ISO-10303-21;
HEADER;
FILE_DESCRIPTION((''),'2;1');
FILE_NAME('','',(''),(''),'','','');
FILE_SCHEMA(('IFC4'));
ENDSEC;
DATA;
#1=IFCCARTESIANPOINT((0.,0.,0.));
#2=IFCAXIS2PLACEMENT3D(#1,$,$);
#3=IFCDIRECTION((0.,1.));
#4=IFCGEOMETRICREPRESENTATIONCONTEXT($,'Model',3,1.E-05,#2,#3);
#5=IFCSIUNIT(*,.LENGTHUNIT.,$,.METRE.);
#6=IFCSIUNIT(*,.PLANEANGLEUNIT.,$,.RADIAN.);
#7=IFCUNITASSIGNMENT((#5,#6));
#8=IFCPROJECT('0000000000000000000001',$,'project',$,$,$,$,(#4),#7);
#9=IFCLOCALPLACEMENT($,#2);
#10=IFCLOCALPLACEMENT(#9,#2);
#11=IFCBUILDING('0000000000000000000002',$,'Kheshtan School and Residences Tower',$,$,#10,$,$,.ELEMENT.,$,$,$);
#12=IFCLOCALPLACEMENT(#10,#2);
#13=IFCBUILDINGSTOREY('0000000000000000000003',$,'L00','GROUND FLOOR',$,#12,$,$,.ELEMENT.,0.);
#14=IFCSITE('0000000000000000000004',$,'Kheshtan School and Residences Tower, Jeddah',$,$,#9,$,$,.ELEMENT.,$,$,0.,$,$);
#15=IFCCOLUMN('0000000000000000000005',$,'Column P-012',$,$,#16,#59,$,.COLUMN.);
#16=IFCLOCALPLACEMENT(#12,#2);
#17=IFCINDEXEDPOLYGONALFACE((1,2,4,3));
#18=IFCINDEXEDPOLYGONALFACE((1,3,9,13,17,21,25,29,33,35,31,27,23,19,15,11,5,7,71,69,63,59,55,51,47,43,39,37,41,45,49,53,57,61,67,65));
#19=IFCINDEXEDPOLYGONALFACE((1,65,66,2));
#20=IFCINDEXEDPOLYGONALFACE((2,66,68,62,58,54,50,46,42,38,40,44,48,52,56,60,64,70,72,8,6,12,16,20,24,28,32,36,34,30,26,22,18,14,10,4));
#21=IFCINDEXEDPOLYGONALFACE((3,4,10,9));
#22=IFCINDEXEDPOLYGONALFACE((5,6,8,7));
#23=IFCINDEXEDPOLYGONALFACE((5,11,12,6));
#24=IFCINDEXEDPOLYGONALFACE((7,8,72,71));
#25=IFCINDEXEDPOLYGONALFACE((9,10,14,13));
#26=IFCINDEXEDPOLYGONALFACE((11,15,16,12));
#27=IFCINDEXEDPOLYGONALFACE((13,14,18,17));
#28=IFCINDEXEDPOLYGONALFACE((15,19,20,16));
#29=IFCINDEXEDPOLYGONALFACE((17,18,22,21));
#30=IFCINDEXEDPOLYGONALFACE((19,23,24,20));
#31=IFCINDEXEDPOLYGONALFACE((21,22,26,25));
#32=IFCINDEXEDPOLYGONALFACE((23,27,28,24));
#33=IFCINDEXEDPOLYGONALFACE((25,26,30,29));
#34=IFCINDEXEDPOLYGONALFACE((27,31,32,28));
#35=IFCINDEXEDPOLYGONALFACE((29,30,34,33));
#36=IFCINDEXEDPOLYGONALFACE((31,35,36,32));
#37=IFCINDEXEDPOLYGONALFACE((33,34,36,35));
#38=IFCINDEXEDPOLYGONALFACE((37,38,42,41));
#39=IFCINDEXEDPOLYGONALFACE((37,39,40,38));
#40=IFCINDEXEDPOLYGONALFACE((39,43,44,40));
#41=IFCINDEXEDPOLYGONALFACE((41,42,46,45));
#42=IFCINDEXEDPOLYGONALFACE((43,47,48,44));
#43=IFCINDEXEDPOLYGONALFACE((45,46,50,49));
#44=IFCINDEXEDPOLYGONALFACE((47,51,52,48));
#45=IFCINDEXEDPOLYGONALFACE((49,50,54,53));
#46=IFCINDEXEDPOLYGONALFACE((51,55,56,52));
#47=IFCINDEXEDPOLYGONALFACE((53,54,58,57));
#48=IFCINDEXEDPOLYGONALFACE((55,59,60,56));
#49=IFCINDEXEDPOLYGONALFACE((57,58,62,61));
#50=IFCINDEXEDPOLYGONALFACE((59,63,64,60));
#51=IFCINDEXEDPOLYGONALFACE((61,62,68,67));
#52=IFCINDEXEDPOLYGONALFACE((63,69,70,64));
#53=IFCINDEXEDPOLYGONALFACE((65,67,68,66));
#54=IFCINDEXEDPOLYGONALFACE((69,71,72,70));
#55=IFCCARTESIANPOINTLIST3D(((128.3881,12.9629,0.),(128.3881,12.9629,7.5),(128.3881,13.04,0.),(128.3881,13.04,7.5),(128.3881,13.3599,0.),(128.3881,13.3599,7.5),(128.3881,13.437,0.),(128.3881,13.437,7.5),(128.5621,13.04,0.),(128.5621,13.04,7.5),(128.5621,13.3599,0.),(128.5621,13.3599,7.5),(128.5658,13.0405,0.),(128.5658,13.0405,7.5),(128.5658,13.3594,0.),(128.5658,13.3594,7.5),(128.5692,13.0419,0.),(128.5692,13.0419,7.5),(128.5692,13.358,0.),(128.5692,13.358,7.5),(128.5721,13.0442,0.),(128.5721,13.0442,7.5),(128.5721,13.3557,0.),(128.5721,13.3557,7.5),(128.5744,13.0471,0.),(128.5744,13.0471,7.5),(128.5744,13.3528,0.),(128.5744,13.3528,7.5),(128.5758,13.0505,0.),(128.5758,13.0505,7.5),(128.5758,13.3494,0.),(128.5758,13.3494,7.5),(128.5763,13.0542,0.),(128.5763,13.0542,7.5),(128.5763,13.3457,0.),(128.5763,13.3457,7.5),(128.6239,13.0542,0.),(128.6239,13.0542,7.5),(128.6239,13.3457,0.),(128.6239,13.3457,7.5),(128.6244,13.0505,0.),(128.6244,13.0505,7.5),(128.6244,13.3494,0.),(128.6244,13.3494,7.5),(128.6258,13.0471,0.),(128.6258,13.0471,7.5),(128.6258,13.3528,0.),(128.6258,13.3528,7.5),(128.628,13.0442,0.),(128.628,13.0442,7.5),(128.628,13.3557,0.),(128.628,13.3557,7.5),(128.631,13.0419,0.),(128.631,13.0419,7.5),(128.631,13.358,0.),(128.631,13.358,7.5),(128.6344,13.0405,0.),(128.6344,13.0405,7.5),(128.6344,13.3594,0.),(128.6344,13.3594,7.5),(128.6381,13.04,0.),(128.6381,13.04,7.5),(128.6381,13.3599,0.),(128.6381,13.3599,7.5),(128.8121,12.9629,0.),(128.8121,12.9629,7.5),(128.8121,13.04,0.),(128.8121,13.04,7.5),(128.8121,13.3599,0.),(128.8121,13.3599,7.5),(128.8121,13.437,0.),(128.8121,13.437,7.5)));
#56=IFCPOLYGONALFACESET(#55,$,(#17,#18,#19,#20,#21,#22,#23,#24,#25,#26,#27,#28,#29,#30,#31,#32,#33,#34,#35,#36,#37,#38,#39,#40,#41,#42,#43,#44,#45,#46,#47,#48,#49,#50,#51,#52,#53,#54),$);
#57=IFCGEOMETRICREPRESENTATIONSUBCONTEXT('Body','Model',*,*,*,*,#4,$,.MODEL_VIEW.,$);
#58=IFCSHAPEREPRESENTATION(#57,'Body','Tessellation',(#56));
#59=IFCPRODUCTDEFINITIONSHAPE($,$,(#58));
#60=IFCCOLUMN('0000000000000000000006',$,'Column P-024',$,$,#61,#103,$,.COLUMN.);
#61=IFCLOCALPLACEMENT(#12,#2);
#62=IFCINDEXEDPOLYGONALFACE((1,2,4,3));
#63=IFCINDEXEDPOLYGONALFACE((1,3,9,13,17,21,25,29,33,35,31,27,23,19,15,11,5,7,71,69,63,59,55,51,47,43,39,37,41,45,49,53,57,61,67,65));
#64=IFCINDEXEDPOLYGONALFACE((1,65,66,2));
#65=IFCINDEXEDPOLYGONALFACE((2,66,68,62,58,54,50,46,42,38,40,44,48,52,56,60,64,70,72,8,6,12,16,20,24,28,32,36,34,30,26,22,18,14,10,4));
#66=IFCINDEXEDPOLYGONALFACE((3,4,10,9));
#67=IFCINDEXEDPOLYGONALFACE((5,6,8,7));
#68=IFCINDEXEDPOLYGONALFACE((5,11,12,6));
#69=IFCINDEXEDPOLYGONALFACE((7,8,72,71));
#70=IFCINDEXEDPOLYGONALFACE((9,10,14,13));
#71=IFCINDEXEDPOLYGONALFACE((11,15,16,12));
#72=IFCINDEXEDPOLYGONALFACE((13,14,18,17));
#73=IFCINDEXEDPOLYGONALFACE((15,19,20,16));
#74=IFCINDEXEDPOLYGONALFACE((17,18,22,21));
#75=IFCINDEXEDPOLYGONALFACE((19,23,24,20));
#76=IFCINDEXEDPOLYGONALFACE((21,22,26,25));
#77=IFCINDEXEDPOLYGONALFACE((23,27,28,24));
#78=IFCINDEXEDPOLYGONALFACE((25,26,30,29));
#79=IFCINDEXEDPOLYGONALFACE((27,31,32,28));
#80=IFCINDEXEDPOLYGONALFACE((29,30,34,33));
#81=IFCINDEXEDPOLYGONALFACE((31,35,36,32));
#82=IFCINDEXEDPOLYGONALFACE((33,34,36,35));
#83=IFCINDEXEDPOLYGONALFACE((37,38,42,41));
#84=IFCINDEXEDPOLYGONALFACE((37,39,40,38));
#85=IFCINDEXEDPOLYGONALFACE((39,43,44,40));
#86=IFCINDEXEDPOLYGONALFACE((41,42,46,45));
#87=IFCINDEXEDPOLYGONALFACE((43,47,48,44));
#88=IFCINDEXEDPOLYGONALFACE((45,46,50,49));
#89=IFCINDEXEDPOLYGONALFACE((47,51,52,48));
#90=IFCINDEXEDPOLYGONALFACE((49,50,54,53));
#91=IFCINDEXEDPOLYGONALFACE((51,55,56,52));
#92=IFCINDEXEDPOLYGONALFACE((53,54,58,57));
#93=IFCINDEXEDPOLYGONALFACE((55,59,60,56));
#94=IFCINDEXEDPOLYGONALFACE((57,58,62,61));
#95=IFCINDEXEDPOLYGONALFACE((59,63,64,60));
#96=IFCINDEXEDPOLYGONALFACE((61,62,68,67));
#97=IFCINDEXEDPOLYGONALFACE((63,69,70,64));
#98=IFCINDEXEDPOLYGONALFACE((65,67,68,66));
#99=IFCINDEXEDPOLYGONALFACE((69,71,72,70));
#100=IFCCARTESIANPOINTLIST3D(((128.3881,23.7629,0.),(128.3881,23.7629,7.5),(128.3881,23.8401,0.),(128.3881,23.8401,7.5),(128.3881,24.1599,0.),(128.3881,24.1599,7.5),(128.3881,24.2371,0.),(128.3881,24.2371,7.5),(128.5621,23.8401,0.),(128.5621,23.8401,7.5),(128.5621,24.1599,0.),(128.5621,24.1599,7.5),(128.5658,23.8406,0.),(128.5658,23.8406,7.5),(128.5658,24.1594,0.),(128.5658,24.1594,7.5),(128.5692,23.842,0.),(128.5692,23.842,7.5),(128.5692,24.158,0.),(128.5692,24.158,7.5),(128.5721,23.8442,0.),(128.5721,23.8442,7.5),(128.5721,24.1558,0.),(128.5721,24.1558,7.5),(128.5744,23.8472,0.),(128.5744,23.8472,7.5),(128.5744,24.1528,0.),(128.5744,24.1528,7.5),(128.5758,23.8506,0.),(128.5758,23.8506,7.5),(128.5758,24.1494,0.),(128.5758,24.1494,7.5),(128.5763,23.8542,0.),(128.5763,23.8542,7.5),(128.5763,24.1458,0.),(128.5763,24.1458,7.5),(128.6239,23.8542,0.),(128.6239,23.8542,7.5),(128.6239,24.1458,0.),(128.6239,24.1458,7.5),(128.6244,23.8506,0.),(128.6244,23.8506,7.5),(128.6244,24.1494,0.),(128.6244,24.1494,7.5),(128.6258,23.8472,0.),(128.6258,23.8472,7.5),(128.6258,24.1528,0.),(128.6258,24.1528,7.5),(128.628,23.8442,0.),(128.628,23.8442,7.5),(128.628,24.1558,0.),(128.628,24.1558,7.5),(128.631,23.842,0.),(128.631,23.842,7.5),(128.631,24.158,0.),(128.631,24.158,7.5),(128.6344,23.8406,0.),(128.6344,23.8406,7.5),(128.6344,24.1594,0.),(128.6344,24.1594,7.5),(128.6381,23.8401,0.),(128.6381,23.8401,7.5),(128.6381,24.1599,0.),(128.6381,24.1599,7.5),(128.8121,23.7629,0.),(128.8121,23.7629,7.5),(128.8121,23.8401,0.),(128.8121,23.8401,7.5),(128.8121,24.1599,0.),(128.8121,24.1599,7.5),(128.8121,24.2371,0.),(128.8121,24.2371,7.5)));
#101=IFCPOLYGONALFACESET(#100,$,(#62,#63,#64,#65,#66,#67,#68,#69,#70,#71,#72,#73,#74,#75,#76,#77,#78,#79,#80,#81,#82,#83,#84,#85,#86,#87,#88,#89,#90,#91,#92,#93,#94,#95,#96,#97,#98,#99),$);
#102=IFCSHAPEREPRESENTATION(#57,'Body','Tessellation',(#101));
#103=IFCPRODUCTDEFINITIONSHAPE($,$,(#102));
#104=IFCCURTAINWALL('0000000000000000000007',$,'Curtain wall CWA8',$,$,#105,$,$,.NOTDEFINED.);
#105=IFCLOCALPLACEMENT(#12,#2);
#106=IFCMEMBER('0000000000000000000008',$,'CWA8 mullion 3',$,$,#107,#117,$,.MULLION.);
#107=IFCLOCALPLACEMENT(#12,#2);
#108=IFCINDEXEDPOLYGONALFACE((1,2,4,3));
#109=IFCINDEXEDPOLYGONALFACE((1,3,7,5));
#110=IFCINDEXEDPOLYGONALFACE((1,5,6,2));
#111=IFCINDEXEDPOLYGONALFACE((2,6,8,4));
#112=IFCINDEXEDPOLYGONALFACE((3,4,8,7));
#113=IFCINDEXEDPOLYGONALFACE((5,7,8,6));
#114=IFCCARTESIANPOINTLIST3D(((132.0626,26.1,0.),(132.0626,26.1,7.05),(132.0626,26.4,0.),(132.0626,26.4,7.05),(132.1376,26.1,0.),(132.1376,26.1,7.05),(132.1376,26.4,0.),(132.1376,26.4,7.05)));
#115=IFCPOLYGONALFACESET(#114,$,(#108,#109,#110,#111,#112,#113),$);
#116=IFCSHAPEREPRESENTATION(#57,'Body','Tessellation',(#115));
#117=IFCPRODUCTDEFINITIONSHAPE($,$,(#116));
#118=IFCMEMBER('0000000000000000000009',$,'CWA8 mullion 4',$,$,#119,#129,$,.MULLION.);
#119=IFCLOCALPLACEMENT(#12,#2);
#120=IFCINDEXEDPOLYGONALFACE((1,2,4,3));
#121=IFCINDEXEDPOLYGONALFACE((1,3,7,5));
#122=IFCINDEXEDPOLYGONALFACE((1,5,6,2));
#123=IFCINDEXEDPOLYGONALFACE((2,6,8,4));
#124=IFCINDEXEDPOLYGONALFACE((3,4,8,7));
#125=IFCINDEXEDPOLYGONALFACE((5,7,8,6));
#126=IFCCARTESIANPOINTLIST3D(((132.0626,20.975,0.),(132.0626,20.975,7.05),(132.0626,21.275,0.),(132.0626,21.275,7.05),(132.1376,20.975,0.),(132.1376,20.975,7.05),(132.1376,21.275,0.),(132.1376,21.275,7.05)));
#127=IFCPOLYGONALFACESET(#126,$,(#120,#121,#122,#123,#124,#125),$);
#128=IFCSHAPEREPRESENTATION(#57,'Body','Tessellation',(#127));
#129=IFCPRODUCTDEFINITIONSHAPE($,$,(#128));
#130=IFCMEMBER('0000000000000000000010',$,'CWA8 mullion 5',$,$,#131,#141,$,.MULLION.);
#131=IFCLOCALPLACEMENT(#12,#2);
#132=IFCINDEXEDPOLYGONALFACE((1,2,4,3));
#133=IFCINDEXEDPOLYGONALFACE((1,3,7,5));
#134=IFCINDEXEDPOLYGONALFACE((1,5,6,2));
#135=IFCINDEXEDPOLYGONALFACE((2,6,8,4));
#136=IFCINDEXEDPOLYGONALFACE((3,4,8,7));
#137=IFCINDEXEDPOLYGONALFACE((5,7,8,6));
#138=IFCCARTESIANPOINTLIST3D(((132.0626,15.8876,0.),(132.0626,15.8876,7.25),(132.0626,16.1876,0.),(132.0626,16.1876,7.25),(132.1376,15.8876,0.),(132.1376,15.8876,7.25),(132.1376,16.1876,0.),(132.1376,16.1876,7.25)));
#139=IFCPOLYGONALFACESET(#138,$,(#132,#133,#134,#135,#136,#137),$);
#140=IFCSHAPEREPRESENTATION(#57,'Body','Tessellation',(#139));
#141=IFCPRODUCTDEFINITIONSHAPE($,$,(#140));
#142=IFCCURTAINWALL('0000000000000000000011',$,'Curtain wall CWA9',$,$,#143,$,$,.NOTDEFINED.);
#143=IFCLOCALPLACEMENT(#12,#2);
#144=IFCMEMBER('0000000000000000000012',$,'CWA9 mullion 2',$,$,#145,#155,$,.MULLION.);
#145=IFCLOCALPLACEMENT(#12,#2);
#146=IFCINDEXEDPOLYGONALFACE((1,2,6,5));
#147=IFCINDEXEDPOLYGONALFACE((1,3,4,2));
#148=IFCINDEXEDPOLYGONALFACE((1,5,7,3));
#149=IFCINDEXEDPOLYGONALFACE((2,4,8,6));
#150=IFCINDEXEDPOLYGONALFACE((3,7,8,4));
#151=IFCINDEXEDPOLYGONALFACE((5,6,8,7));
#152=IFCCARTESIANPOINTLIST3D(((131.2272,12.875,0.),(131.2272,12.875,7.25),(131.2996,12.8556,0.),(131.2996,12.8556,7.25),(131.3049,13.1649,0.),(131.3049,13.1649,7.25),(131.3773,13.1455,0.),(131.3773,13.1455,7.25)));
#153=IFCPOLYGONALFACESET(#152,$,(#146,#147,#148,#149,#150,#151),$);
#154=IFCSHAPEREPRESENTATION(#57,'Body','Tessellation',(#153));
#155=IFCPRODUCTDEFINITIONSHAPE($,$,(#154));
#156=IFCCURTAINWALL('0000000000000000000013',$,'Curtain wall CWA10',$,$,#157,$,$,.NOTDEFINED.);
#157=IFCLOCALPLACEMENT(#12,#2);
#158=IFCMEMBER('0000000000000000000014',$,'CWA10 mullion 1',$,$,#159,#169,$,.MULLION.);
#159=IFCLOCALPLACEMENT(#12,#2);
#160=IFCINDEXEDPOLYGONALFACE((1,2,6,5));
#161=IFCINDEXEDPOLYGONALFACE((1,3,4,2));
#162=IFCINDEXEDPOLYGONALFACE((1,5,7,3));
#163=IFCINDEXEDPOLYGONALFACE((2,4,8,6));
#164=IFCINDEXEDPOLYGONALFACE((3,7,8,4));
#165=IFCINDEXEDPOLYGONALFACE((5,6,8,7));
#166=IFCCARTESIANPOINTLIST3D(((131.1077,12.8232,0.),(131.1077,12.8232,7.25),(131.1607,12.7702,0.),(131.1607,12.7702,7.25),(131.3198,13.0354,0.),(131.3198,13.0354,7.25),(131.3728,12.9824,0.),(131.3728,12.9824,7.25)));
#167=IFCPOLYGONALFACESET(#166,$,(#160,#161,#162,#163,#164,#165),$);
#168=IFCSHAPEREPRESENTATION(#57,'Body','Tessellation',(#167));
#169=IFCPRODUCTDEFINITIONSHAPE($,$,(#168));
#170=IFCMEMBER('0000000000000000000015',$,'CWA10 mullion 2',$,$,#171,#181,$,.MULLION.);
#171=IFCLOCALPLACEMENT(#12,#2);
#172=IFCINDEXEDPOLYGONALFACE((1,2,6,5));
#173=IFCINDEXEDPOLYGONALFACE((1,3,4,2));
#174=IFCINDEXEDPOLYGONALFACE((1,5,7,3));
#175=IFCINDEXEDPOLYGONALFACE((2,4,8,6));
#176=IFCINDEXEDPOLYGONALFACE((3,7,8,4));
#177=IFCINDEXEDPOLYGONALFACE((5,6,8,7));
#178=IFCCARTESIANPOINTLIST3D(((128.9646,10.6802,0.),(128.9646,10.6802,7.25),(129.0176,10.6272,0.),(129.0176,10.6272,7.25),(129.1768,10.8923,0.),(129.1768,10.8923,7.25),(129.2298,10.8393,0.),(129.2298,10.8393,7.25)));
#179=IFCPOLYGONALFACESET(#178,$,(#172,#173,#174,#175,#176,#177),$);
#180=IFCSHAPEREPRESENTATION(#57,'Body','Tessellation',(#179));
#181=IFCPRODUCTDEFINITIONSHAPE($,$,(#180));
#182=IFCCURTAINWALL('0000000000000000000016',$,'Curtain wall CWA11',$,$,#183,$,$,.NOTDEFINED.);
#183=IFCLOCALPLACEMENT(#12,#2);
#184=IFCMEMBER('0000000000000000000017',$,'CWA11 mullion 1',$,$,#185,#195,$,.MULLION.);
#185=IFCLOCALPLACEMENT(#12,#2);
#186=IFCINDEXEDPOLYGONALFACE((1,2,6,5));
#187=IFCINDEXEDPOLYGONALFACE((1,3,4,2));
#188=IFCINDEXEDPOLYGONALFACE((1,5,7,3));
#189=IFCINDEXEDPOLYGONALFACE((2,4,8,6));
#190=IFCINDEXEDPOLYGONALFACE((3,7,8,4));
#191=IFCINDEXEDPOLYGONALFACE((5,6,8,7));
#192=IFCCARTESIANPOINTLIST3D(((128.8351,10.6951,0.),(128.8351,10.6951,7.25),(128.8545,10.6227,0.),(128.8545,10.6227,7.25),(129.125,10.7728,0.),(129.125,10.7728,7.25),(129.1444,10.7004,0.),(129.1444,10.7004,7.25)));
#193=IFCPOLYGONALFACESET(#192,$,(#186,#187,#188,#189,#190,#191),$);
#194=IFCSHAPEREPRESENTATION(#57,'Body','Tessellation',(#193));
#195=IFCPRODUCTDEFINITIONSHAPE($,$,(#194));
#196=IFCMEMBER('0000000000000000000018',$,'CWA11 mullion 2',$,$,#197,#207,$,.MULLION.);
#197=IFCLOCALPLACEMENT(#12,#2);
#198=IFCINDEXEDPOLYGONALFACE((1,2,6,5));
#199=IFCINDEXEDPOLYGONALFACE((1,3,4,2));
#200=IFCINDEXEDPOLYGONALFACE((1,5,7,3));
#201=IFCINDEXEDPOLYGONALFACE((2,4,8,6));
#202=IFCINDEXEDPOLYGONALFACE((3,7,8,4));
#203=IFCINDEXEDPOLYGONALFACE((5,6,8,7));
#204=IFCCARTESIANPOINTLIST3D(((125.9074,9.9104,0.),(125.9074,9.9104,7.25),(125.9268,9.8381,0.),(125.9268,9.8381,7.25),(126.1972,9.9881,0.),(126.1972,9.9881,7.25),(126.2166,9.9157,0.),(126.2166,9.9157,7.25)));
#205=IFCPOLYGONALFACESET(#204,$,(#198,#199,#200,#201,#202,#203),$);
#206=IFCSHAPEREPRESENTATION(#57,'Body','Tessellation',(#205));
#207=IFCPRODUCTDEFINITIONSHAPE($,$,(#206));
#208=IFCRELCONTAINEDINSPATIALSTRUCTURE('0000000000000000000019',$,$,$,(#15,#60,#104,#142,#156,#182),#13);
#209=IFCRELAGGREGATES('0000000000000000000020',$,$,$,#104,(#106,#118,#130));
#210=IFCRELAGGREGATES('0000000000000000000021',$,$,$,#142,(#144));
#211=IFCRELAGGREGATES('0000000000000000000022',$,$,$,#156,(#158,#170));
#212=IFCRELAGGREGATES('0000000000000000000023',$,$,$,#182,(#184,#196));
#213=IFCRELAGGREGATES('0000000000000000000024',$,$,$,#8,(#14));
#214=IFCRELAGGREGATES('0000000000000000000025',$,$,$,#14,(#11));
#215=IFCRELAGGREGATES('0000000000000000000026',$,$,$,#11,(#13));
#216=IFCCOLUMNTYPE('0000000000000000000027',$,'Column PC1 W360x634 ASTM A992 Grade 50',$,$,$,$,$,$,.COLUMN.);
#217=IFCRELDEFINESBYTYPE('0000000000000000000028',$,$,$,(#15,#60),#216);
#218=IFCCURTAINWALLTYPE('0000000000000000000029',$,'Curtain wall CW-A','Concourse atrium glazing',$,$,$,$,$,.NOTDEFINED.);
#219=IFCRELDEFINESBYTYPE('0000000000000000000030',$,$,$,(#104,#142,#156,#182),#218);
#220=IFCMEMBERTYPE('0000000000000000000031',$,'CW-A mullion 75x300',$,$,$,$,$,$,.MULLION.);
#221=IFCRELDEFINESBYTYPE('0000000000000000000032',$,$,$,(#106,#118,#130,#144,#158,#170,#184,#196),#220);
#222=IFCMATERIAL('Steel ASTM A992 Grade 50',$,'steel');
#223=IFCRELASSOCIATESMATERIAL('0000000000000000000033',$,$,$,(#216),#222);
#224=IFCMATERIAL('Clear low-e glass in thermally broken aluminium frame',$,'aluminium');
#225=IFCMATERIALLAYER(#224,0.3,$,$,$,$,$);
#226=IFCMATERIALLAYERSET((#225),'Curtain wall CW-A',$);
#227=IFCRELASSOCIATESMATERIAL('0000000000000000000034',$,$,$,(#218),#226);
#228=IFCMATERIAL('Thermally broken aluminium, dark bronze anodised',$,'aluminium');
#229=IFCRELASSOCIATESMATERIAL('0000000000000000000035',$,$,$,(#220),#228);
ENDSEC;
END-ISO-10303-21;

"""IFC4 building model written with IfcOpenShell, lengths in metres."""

from ifc_helpers import new_model, si_unit, direction, frame, origin, origin_2d, place, context, subcontext, project, spatial, rectangle, i_section, extrude, material, layer, layer_set, material_profile, profile_set, type_object, element, aggregate, save


model = new_model("IFC4")

# Units and contexts
model_context = context("Model", 3, precision=1e-05, world=origin(), true_north=direction((0.0, 1.0)))
body_context = subcontext(model_context, "Body", "Model", "MODEL_VIEW")
ifc_project = project(units=[si_unit("LENGTHUNIT", "METRE"), si_unit("PLANEANGLEUNIT", "RADIAN")], contexts=[model_context])

# Site, building, storey
site_placement = place(None, origin())
site = spatial("IfcSite", under=ifc_project, at=site_placement, Name="Kheshtan School and Residences Tower, Jeddah", CompositionType="ELEMENT", RefElevation=0.0)
building_placement = place(site_placement, origin())
building = spatial("IfcBuilding", under=site, at=building_placement, Name="Kheshtan School and Residences Tower", CompositionType="ELEMENT")
storey_placement = place(building_placement, origin())
storey = spatial("IfcBuildingStorey", under=building, at=storey_placement, Name="L00", Description="GROUND FLOOR", CompositionType="ELEMENT", Elevation=0.0)

# Columns
ifc_material_1 = material(Name="Steel ASTM A992 Grade 50", Category="steel")
ifc_material_profile_1 = material_profile(ifc_material_1, i_section(OverallWidth=0.4241, OverallDepth=0.4741, WebThickness=0.0476, FlangeThickness=0.0771, FilletRadius=0.0142, at=origin_2d()), Name="W360x634")
ifc_profile_set_1 = profile_set([ifc_material_profile_1], Name="Steel ASTM A992 Grade 50")
column_type = type_object("IfcColumnType", Name="Column PC1 W360x634 ASTM A992 Grade 50", PredefinedType="COLUMN", material=ifc_profile_set_1)
for number, where, z_axis, x_axis, name in (
    (1, (128.6001, 13.2, 0.0), (0.0, 0.0, 1.0), (1.0, 0.0, 0.0), "Column P-012"),
    (2, (128.6001, 24.0, 0.0), (0.0, 0.0, 1.0), (1.0, 0.0, 0.0), "Column P-024"),
):
    element("IfcColumn", number, at=place(storey_placement, frame(where, z_axis=z_axis, x_axis=x_axis)), inside=storey, type_object=column_type, Name=name, PredefinedType="COLUMN", context=body_context, shape_type="SweptSolid", body=[
        extrude(i_section(OverallWidth=0.4241, OverallDepth=0.4741, WebThickness=0.0476, FlangeThickness=0.0771, FilletRadius=0.0142, at=origin_2d()), origin(), (0.0, 0.0, 1.0), 7.5),
    ])

# Curtain wall, members
ifc_material_2 = material(Name="Clear low-e glass in thermally broken aluminium frame", Category="aluminium")
ifc_layer_1 = layer(ifc_material_2, 0.3)
ifc_layer_set_1 = layer_set([ifc_layer_1], Name="Curtain wall CW-A")
curtain_wall_type = type_object("IfcCurtainWallType", Name="Curtain wall CW-A", Description="Concourse atrium glazing", PredefinedType="NOTDEFINED", material=ifc_layer_set_1)
curtain_wall_1_placement = place(storey_placement, origin())
curtain_wall_1 = element("IfcCurtainWall", 3, at=curtain_wall_1_placement, inside=storey, type_object=curtain_wall_type, Name="Curtain wall CWA8", PredefinedType="NOTDEFINED")
ifc_material_3 = material(Name="Thermally broken aluminium, dark bronze anodised", Category="aluminium")
ifc_material_profile_2 = material_profile(ifc_material_3, rectangle(XDim=0.075, YDim=0.3, at=origin_2d()), Name="CW-A mullion 75x300")
ifc_profile_set_2 = profile_set([ifc_material_profile_2], Name="Thermally broken aluminium, dark bronze anodised")
member_type_1 = type_object("IfcMemberType", Name="CW-A mullion 75x300", PredefinedType="MULLION", material=ifc_profile_set_2)
member_1_placement = place(storey_placement, frame((132.1001, 26.25, 0.0), z_axis=(0.0, 0.0, 1.0), x_axis=(1.0, 0.0, 0.0)))
member_1 = element("IfcMember", 4, at=member_1_placement, type_object=member_type_1, Name="CWA8 mullion 3", PredefinedType="MULLION", context=body_context, shape_type="SweptSolid", body=[
    extrude(rectangle(XDim=0.075, YDim=0.3, at=origin_2d()), origin(), (0.0, 0.0, 1.0), 7.05),
])
member_2_placement = place(storey_placement, frame((132.1001, 21.125, 0.0), z_axis=(0.0, 0.0, 1.0), x_axis=(1.0, 0.0, 0.0)))
member_2 = element("IfcMember", 5, at=member_2_placement, type_object=member_type_1, Name="CWA8 mullion 4", PredefinedType="MULLION", context=body_context, shape_type="SweptSolid", body=[
    extrude(rectangle(XDim=0.075, YDim=0.3, at=origin_2d()), origin(), (0.0, 0.0, 1.0), 7.05),
])
member_3_placement = place(storey_placement, frame((132.1001, 16.0376, 0.0), z_axis=(0.0, 0.0, 1.0), x_axis=(1.0, 0.0, 0.0)))
member_3 = element("IfcMember", 6, at=member_3_placement, type_object=member_type_1, Name="CWA8 mullion 5", PredefinedType="MULLION", context=body_context, shape_type="SweptSolid", body=[
    extrude(rectangle(XDim=0.075, YDim=0.3, at=origin_2d()), origin(), (0.0, 0.0, 1.0), 7.25),
])

# Curtain wall, member
curtain_wall_2_placement = place(storey_placement, origin())
curtain_wall_2 = element("IfcCurtainWall", 7, at=curtain_wall_2_placement, inside=storey, type_object=curtain_wall_type, Name="Curtain wall CWA9", PredefinedType="NOTDEFINED")
member_4_placement = place(storey_placement, frame((131.3022, 13.0103, 0.0), z_axis=(0.0, 0.0, 1.0), x_axis=(0.965914, -0.258865, 0.0)))
member_4 = element("IfcMember", 8, at=member_4_placement, type_object=member_type_1, Name="CWA9 mullion 2", PredefinedType="MULLION", context=body_context, shape_type="SweptSolid", body=[
    extrude(rectangle(XDim=0.075, YDim=0.3, at=origin_2d()), origin(), (0.0, 0.0, 1.0), 7.25),
])

# Curtain walls, members
curtain_wall_3_placement = place(storey_placement, origin())
curtain_wall_3 = element("IfcCurtainWall", 9, at=curtain_wall_3_placement, inside=storey, type_object=curtain_wall_type, Name="Curtain wall CWA10", PredefinedType="NOTDEFINED")
member_5_placement = place(storey_placement, frame((131.2402, 12.9028, 0.0), z_axis=(0.0, 0.0, 1.0), x_axis=(0.707107, -0.707107, 0.0)))
member_5 = element("IfcMember", 10, at=member_5_placement, type_object=member_type_1, Name="CWA10 mullion 1", PredefinedType="MULLION", context=body_context, shape_type="SweptSolid", body=[
    extrude(rectangle(XDim=0.075, YDim=0.3, at=origin_2d()), origin(), (0.0, 0.0, 1.0), 7.25),
])
member_6_placement = place(storey_placement, frame((129.0972, 10.7598, 0.0), z_axis=(0.0, 0.0, 1.0), x_axis=(0.707107, -0.707107, 0.0)))
member_6 = element("IfcMember", 11, at=member_6_placement, type_object=member_type_1, Name="CWA10 mullion 2", PredefinedType="MULLION", context=body_context, shape_type="SweptSolid", body=[
    extrude(rectangle(XDim=0.075, YDim=0.3, at=origin_2d()), origin(), (0.0, 0.0, 1.0), 7.25),
])
curtain_wall_4_placement = place(storey_placement, origin())
curtain_wall_4 = element("IfcCurtainWall", 12, at=curtain_wall_4_placement, inside=storey, type_object=curtain_wall_type, Name="Curtain wall CWA11", PredefinedType="NOTDEFINED")
member_7_placement = place(storey_placement, frame((128.9897, 10.6978, 0.0), z_axis=(0.0, 0.0, 1.0), x_axis=(0.258865, -0.965914, 0.0)))
member_7 = element("IfcMember", 13, at=member_7_placement, type_object=member_type_1, Name="CWA11 mullion 1", PredefinedType="MULLION", context=body_context, shape_type="SweptSolid", body=[
    extrude(rectangle(XDim=0.075, YDim=0.3, at=origin_2d()), origin(), (0.0, 0.0, 1.0), 7.25),
])
member_8_placement = place(storey_placement, frame((126.062, 9.9131, 0.0), z_axis=(0.0, 0.0, 1.0), x_axis=(0.258865, -0.965914, 0.0)))
member_8 = element("IfcMember", 14, at=member_8_placement, type_object=member_type_1, Name="CWA11 mullion 2", PredefinedType="MULLION", context=body_context, shape_type="SweptSolid", body=[
    extrude(rectangle(XDim=0.075, YDim=0.3, at=origin_2d()), origin(), (0.0, 0.0, 1.0), 7.25),
])

aggregate(curtain_wall_1, [member_1, member_2, member_3])
aggregate(curtain_wall_2, [member_4])
aggregate(curtain_wall_3, [member_5, member_6])
aggregate(curtain_wall_4, [member_7, member_8])

save(model, "model.ifc")
